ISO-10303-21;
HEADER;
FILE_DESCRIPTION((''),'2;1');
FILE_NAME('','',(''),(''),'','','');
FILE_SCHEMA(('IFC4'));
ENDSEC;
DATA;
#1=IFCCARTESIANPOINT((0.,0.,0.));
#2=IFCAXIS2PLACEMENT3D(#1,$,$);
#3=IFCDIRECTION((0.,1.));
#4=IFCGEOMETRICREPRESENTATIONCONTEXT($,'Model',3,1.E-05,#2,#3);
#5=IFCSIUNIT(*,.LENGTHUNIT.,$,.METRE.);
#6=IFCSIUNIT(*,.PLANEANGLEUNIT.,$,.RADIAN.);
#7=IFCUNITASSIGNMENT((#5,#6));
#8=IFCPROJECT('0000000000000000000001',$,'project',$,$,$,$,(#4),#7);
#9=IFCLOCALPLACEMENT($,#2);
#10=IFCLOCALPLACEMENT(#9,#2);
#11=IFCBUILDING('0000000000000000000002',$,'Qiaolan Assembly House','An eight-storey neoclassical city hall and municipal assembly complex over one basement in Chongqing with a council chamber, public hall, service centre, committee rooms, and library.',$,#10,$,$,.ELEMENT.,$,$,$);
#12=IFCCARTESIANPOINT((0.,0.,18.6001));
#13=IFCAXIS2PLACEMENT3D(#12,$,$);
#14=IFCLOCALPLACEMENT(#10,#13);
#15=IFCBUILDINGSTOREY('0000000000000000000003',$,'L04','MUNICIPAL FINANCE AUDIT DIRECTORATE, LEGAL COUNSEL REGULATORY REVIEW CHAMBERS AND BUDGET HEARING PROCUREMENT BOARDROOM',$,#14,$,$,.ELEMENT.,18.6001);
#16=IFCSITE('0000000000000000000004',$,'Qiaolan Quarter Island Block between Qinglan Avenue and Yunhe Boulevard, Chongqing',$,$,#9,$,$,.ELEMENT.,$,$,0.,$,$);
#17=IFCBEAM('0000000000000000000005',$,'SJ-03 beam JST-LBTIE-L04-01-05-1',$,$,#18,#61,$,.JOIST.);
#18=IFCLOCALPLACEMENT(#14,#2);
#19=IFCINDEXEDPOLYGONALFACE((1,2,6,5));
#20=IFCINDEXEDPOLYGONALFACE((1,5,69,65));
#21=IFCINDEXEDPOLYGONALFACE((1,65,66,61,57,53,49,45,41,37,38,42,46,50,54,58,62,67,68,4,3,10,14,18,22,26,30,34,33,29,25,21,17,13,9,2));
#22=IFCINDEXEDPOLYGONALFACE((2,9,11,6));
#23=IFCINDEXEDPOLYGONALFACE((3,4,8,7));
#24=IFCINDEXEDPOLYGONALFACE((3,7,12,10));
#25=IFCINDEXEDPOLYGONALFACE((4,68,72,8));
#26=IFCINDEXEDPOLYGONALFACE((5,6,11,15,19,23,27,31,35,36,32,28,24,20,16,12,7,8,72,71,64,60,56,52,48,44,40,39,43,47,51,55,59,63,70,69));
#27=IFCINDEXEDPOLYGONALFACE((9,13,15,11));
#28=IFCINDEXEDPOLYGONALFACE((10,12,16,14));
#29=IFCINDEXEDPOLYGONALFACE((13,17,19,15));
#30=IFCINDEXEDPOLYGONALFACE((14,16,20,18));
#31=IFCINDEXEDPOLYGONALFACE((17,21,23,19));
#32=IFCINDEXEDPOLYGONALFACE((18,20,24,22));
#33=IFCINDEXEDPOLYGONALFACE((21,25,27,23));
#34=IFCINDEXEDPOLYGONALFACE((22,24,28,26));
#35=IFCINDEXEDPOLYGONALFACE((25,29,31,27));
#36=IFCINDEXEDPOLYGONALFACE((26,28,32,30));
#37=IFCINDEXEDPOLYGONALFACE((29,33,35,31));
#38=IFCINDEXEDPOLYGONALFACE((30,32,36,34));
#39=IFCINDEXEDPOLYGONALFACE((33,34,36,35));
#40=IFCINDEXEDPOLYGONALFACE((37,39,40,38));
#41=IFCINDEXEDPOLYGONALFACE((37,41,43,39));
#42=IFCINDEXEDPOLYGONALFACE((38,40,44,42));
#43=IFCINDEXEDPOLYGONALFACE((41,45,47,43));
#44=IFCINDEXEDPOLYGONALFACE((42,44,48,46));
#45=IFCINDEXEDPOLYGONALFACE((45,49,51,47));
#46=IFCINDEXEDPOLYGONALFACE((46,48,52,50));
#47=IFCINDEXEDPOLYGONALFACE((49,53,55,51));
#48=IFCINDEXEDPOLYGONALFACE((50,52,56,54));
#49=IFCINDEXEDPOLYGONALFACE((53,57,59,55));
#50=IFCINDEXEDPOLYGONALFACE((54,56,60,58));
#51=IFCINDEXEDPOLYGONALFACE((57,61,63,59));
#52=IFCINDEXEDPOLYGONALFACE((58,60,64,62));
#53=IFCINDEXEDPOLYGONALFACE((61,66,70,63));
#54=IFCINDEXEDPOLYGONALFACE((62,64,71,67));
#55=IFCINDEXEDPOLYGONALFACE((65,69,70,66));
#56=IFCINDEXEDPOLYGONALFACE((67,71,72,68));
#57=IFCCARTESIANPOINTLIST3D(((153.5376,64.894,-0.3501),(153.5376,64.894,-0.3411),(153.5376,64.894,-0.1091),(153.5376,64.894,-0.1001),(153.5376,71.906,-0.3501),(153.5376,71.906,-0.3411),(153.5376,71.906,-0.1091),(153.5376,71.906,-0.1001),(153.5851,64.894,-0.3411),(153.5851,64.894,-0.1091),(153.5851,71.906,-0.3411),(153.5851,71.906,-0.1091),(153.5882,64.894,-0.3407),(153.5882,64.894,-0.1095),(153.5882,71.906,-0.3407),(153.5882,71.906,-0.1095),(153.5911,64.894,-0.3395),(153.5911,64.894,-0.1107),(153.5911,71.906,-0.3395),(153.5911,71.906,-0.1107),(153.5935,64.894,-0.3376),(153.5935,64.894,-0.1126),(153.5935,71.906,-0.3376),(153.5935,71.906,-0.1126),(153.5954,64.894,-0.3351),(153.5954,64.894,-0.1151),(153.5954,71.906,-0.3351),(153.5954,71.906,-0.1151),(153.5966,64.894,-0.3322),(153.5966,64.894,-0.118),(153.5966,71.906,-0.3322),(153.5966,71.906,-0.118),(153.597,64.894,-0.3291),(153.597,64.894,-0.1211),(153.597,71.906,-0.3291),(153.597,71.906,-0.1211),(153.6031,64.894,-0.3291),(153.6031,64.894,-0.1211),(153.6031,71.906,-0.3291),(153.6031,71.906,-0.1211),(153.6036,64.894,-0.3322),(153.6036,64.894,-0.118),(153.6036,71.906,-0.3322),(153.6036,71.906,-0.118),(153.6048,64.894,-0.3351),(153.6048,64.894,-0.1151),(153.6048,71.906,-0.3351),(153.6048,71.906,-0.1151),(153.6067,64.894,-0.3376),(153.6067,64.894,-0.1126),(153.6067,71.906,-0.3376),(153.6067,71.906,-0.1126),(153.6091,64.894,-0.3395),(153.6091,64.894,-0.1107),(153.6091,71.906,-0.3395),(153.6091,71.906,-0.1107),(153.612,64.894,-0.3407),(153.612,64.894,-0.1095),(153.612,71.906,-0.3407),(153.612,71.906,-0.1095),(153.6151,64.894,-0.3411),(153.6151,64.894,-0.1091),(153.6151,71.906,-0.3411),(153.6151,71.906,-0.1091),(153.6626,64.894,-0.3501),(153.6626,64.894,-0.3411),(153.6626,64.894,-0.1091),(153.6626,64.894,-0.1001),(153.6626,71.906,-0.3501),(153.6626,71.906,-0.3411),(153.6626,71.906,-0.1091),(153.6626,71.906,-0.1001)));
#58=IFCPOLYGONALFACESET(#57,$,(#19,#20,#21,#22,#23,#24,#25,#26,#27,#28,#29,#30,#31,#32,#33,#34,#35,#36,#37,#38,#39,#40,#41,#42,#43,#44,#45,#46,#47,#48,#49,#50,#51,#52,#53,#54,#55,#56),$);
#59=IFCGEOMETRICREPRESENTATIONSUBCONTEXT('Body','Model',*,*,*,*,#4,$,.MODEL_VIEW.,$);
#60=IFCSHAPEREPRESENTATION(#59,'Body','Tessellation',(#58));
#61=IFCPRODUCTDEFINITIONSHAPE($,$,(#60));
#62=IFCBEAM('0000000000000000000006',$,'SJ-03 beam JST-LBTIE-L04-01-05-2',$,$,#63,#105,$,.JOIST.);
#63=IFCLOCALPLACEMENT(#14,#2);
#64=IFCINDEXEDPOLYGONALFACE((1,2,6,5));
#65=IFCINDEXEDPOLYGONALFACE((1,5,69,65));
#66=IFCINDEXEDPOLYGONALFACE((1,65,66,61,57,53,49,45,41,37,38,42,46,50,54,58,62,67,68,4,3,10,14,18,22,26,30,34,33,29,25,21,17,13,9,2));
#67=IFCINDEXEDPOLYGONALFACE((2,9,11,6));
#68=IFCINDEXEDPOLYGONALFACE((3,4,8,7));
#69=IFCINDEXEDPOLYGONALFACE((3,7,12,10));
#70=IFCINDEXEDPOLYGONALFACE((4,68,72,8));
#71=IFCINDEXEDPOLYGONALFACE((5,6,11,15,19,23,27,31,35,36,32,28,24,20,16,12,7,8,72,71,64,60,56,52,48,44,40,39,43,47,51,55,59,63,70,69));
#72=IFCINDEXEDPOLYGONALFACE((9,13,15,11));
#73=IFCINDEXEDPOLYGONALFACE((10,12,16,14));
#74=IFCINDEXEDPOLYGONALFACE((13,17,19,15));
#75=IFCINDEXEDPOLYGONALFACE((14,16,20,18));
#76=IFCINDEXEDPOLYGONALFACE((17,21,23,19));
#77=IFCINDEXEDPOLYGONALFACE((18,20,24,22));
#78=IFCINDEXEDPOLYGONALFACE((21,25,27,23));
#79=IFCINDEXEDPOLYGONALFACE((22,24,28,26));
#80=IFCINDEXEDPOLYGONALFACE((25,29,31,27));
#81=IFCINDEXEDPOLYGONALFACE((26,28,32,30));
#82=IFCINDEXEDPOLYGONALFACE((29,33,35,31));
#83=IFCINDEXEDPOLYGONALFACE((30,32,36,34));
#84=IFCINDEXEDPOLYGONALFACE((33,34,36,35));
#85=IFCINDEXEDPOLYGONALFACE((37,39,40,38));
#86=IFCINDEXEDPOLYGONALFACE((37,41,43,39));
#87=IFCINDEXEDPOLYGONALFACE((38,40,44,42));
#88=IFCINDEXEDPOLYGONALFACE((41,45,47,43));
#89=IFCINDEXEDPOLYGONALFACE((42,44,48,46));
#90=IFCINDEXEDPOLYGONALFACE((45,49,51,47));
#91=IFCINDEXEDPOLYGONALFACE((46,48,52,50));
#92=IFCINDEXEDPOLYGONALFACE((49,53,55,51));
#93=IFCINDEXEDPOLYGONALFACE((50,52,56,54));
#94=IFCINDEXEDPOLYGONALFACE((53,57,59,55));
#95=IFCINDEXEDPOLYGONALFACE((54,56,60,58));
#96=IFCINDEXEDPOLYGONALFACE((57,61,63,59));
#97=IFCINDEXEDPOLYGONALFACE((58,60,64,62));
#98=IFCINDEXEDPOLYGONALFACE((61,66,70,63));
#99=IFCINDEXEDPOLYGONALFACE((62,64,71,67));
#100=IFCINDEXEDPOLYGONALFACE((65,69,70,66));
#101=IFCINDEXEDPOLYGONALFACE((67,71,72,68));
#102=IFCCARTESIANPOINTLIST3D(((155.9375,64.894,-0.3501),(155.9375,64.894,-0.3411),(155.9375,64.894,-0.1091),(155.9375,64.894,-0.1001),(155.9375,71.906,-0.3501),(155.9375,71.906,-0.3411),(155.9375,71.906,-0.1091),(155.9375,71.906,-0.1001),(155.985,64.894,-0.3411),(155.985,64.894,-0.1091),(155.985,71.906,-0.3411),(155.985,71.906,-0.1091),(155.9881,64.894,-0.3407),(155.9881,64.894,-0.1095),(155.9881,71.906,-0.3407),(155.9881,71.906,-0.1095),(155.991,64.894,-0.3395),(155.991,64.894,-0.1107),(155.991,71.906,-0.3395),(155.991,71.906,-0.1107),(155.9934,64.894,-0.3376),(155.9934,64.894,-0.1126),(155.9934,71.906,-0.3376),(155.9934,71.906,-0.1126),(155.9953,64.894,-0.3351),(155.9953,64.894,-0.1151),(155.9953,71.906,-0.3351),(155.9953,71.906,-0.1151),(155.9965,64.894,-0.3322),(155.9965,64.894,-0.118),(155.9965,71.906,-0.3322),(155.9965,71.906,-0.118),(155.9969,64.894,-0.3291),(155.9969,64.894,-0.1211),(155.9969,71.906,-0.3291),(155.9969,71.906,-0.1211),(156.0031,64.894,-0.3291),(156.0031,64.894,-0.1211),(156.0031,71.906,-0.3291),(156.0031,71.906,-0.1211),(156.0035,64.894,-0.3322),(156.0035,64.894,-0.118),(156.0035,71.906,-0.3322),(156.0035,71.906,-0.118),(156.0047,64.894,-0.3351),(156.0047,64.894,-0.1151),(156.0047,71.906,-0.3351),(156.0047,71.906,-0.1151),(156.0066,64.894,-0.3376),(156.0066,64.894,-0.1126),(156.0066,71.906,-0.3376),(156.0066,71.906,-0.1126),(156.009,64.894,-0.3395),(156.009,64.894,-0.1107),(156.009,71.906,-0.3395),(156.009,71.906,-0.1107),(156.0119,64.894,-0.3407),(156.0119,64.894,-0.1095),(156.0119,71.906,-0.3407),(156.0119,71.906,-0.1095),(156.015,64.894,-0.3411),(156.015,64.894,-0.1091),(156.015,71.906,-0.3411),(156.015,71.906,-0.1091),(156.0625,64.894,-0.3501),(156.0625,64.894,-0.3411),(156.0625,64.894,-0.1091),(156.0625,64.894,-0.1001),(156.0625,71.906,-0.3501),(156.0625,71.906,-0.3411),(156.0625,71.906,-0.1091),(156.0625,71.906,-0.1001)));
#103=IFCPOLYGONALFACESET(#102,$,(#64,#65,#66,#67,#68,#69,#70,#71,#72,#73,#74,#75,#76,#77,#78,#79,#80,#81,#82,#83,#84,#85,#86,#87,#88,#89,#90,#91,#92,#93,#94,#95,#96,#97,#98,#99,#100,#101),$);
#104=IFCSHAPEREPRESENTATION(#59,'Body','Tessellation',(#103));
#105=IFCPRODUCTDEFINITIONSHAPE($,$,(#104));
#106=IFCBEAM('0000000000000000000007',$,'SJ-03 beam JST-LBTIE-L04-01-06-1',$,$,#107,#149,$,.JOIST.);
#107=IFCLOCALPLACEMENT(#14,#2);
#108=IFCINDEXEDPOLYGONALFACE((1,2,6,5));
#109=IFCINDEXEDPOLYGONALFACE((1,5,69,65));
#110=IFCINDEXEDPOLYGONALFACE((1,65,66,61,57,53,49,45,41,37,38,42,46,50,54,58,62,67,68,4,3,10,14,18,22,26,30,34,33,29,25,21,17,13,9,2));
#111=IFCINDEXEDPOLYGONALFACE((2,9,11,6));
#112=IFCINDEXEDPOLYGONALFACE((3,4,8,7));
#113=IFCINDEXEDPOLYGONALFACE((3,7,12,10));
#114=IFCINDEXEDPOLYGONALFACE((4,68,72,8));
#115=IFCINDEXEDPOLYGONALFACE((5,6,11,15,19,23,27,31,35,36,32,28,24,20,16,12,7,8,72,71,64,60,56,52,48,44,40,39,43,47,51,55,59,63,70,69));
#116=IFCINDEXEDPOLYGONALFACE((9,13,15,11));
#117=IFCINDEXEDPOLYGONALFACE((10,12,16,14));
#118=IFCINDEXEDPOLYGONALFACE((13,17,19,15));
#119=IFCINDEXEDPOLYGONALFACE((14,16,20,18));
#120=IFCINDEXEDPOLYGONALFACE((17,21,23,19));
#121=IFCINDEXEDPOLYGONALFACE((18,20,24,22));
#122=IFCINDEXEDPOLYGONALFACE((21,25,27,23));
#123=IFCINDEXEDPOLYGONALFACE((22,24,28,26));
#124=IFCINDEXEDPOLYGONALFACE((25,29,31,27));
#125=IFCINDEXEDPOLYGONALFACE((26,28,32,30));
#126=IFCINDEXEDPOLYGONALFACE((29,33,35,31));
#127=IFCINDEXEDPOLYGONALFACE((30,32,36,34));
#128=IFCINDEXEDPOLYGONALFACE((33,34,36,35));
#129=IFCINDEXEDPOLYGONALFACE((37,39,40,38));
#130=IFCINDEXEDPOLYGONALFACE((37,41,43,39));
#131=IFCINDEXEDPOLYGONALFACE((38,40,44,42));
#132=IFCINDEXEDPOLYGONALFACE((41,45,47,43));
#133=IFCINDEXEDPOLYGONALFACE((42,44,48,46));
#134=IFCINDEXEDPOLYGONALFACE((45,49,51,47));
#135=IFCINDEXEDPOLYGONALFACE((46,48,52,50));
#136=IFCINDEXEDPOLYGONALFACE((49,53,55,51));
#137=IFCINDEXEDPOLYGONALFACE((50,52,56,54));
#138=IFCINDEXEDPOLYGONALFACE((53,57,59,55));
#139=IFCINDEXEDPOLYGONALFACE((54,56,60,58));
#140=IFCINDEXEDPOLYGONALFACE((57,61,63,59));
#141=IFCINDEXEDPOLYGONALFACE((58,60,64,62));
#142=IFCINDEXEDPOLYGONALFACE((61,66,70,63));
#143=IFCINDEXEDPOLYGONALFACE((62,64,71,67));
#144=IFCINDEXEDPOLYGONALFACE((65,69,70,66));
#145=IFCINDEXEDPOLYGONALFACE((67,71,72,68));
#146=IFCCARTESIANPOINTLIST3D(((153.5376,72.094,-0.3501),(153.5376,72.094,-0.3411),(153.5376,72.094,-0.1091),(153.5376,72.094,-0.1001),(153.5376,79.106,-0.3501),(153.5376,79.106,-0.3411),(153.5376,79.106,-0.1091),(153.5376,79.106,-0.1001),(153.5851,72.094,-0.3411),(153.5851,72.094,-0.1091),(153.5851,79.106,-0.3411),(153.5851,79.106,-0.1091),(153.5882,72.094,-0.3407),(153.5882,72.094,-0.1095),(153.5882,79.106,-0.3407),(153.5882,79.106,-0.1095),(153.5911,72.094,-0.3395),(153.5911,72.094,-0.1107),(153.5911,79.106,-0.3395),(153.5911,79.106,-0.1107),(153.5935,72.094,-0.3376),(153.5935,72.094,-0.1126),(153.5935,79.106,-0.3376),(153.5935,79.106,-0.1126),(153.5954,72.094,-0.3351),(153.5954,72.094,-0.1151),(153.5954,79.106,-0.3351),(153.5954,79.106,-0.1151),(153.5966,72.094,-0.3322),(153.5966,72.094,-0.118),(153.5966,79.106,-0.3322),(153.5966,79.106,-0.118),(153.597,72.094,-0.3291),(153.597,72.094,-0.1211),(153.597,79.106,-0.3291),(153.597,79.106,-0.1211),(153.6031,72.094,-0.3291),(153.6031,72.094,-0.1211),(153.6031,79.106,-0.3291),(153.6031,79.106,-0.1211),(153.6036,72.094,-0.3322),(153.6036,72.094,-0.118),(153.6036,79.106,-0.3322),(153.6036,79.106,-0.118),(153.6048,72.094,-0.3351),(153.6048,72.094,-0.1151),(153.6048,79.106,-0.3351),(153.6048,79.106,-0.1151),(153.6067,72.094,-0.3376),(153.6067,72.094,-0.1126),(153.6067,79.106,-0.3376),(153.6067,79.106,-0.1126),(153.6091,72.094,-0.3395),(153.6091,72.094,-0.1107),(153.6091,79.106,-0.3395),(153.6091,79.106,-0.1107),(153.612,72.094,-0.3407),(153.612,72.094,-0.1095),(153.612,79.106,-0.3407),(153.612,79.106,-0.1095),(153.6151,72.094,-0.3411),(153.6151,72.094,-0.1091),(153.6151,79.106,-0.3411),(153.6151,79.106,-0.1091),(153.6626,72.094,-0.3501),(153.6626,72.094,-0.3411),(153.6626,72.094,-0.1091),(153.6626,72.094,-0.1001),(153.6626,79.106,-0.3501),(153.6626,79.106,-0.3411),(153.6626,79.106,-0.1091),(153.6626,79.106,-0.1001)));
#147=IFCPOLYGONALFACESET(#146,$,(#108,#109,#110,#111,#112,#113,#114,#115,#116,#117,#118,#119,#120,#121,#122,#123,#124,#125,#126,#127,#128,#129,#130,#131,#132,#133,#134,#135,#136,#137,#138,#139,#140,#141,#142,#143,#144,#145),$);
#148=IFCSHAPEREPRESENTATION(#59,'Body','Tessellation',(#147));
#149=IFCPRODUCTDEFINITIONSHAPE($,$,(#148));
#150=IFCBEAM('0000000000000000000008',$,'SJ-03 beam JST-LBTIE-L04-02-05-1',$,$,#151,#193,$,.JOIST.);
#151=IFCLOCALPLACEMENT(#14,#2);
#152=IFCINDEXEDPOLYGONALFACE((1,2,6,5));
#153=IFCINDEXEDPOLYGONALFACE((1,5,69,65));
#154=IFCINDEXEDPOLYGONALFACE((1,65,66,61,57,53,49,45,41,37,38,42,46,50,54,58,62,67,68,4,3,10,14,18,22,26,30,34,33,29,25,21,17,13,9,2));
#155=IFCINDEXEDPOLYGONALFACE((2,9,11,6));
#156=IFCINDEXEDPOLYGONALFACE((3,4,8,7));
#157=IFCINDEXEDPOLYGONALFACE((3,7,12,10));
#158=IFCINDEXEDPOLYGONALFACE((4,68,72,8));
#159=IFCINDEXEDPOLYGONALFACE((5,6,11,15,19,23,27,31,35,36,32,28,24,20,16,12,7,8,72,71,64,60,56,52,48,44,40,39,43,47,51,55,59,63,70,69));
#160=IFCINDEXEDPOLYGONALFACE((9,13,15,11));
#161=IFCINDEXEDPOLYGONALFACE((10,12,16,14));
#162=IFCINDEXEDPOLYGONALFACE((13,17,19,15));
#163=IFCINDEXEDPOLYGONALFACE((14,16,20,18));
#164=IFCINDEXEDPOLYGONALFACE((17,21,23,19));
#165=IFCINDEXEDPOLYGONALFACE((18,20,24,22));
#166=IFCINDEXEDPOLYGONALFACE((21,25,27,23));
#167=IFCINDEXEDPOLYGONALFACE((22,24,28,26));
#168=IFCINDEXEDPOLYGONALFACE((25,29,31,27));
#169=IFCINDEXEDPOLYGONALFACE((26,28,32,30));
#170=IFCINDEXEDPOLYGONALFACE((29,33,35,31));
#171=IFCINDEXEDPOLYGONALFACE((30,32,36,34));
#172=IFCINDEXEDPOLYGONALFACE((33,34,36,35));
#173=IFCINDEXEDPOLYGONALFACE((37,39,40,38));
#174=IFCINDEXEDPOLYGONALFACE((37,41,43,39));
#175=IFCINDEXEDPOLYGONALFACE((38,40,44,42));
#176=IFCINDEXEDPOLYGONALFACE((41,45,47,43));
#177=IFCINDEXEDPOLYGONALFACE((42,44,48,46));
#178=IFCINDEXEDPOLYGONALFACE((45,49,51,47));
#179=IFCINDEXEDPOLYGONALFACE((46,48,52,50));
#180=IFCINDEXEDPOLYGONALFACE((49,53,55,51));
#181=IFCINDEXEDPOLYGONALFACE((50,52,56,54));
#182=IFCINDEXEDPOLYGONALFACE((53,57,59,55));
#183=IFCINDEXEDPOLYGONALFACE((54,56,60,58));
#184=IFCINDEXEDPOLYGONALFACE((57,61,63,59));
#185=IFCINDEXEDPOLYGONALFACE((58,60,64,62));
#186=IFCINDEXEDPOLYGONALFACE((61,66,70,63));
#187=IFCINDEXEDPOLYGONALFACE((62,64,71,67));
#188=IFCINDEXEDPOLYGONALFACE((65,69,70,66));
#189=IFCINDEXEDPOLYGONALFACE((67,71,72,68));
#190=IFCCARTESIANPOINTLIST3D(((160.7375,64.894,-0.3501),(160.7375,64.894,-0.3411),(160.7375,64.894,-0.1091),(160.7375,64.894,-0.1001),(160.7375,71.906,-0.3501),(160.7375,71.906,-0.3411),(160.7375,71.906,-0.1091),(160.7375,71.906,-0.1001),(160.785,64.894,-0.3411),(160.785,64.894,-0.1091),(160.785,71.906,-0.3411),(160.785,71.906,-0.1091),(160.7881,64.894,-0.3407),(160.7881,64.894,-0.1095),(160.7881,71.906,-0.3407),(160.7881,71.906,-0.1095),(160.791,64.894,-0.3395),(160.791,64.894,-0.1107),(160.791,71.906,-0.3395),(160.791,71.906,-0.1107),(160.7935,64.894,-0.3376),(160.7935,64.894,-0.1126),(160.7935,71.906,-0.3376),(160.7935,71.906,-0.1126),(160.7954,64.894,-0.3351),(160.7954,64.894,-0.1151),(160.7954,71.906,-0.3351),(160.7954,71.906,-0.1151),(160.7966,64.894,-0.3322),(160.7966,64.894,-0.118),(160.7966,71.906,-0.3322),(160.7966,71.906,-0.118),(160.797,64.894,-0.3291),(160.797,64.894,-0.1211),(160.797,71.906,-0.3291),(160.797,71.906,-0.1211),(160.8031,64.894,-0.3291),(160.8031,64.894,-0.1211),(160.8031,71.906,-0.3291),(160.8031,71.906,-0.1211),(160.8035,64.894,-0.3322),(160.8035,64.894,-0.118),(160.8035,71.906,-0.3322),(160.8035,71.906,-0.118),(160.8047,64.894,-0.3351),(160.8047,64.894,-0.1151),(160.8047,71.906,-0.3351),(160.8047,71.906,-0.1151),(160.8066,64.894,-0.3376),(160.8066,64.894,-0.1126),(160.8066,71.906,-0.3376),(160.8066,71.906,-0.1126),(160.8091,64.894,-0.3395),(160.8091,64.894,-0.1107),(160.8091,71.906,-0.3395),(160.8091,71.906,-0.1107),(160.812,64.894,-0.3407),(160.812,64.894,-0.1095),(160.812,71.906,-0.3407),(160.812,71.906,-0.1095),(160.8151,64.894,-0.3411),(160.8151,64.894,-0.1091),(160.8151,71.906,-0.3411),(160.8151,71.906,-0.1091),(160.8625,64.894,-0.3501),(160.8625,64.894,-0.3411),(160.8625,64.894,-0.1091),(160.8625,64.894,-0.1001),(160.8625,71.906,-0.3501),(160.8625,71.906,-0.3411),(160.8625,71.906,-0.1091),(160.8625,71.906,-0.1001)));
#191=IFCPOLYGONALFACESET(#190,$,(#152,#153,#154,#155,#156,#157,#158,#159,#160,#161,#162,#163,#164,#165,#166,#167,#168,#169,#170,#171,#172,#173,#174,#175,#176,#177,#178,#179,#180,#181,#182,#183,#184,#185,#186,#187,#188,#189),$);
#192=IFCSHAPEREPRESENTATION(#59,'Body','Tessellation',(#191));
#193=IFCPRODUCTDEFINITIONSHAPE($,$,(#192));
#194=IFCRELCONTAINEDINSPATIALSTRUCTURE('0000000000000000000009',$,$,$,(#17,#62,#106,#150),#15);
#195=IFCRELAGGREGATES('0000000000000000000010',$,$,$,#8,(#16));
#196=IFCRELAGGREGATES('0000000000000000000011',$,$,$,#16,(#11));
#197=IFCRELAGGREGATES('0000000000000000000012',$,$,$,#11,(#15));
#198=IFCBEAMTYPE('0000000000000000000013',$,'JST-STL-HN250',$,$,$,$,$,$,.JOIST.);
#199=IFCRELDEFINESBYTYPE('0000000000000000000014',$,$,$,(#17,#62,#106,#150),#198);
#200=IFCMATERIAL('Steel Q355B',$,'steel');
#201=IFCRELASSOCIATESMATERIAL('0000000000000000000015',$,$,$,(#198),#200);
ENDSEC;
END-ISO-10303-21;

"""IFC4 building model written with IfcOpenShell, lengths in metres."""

from ifc_helpers import new_model, si_unit, direction, frame, origin, origin_2d, place, context, subcontext, project, spatial, i_section, extrude, material, material_profile, profile_set, type_object, element, save


model = new_model("IFC4")

# Units and contexts
model_context = context("Model", 3, precision=1e-05, world=origin(), true_north=direction((0.0, 1.0)))
body_context = subcontext(model_context, "Body", "Model", "MODEL_VIEW")
ifc_project = project(units=[si_unit("LENGTHUNIT", "METRE"), si_unit("PLANEANGLEUNIT", "RADIAN")], contexts=[model_context])

# Site, building, storey
site_placement = place(None, origin())
site = spatial("IfcSite", under=ifc_project, at=site_placement, Name="Qiaolan Quarter Island Block between Qinglan Avenue and Yunhe Boulevard, Chongqing", CompositionType="ELEMENT", RefElevation=0.0)
building_placement = place(site_placement, origin())
building = spatial("IfcBuilding", under=site, at=building_placement, Name="Qiaolan Assembly House", Description="An eight-storey neoclassical city hall and municipal assembly complex over one basement in Chongqing with a council chamber, public hall, service centre, committee rooms, and library.", CompositionType="ELEMENT")
storey_placement = place(building_placement, frame((0.0, 0.0, 18.6001)))
storey = spatial("IfcBuildingStorey", under=building, at=storey_placement, Name="L04", Description="MUNICIPAL FINANCE AUDIT DIRECTORATE, LEGAL COUNSEL REGULATORY REVIEW CHAMBERS AND BUDGET HEARING PROCUREMENT BOARDROOM", CompositionType="ELEMENT", Elevation=18.6001)

# Shared definitions
ifc_material = material(Name="Steel Q355B", Category="steel")

# Beams
ifc_material_profile_1 = material_profile(ifc_material, i_section(OverallWidth=0.125, OverallDepth=0.25, WebThickness=0.0061, FlangeThickness=0.009, FilletRadius=0.012, at=origin_2d()), Name="HN 250x125x6x9")
ifc_profile_set_1 = profile_set([ifc_material_profile_1], Name="Steel Q355B")
beam_type_1 = type_object("IfcBeamType", Name="JST-STL-HN250", PredefinedType="JOIST", material=ifc_profile_set_1)
for number, where, z_axis, x_axis, name in (
    (1, (153.6001, 64.894, -0.2251), (0.0, 1.0, 0.0), (-1.0, 0.0, 0.0), "SJ-03 beam JST-LBTIE-L04-01-05-1"),
    (2, (156.0, 64.894, -0.2251), (0.0, 1.0, 0.0), (-1.0, 0.0, 0.0), "SJ-03 beam JST-LBTIE-L04-01-05-2"),
    (3, (153.6001, 72.094, -0.2251), (0.0, 1.0, 0.0), (-1.0, 0.0, 0.0), "SJ-03 beam JST-LBTIE-L04-01-06-1"),
    (4, (160.8, 64.894, -0.2251), (0.0, 1.0, 0.0), (-1.0, 0.0, 0.0), "SJ-03 beam JST-LBTIE-L04-02-05-1"),
):
    element("IfcBeam", number, at=place(storey_placement, frame(where, z_axis=z_axis, x_axis=x_axis)), inside=storey, type_object=beam_type_1, Name=name, PredefinedType="JOIST", context=body_context, shape_type="SweptSolid", body=[
        extrude(i_section(OverallWidth=0.125, OverallDepth=0.25, WebThickness=0.0061, FlangeThickness=0.009, FilletRadius=0.012, at=origin_2d()), origin(), (0.0, 0.0, 1.0), 7.012),
    ])

save(model, "model.ifc")
